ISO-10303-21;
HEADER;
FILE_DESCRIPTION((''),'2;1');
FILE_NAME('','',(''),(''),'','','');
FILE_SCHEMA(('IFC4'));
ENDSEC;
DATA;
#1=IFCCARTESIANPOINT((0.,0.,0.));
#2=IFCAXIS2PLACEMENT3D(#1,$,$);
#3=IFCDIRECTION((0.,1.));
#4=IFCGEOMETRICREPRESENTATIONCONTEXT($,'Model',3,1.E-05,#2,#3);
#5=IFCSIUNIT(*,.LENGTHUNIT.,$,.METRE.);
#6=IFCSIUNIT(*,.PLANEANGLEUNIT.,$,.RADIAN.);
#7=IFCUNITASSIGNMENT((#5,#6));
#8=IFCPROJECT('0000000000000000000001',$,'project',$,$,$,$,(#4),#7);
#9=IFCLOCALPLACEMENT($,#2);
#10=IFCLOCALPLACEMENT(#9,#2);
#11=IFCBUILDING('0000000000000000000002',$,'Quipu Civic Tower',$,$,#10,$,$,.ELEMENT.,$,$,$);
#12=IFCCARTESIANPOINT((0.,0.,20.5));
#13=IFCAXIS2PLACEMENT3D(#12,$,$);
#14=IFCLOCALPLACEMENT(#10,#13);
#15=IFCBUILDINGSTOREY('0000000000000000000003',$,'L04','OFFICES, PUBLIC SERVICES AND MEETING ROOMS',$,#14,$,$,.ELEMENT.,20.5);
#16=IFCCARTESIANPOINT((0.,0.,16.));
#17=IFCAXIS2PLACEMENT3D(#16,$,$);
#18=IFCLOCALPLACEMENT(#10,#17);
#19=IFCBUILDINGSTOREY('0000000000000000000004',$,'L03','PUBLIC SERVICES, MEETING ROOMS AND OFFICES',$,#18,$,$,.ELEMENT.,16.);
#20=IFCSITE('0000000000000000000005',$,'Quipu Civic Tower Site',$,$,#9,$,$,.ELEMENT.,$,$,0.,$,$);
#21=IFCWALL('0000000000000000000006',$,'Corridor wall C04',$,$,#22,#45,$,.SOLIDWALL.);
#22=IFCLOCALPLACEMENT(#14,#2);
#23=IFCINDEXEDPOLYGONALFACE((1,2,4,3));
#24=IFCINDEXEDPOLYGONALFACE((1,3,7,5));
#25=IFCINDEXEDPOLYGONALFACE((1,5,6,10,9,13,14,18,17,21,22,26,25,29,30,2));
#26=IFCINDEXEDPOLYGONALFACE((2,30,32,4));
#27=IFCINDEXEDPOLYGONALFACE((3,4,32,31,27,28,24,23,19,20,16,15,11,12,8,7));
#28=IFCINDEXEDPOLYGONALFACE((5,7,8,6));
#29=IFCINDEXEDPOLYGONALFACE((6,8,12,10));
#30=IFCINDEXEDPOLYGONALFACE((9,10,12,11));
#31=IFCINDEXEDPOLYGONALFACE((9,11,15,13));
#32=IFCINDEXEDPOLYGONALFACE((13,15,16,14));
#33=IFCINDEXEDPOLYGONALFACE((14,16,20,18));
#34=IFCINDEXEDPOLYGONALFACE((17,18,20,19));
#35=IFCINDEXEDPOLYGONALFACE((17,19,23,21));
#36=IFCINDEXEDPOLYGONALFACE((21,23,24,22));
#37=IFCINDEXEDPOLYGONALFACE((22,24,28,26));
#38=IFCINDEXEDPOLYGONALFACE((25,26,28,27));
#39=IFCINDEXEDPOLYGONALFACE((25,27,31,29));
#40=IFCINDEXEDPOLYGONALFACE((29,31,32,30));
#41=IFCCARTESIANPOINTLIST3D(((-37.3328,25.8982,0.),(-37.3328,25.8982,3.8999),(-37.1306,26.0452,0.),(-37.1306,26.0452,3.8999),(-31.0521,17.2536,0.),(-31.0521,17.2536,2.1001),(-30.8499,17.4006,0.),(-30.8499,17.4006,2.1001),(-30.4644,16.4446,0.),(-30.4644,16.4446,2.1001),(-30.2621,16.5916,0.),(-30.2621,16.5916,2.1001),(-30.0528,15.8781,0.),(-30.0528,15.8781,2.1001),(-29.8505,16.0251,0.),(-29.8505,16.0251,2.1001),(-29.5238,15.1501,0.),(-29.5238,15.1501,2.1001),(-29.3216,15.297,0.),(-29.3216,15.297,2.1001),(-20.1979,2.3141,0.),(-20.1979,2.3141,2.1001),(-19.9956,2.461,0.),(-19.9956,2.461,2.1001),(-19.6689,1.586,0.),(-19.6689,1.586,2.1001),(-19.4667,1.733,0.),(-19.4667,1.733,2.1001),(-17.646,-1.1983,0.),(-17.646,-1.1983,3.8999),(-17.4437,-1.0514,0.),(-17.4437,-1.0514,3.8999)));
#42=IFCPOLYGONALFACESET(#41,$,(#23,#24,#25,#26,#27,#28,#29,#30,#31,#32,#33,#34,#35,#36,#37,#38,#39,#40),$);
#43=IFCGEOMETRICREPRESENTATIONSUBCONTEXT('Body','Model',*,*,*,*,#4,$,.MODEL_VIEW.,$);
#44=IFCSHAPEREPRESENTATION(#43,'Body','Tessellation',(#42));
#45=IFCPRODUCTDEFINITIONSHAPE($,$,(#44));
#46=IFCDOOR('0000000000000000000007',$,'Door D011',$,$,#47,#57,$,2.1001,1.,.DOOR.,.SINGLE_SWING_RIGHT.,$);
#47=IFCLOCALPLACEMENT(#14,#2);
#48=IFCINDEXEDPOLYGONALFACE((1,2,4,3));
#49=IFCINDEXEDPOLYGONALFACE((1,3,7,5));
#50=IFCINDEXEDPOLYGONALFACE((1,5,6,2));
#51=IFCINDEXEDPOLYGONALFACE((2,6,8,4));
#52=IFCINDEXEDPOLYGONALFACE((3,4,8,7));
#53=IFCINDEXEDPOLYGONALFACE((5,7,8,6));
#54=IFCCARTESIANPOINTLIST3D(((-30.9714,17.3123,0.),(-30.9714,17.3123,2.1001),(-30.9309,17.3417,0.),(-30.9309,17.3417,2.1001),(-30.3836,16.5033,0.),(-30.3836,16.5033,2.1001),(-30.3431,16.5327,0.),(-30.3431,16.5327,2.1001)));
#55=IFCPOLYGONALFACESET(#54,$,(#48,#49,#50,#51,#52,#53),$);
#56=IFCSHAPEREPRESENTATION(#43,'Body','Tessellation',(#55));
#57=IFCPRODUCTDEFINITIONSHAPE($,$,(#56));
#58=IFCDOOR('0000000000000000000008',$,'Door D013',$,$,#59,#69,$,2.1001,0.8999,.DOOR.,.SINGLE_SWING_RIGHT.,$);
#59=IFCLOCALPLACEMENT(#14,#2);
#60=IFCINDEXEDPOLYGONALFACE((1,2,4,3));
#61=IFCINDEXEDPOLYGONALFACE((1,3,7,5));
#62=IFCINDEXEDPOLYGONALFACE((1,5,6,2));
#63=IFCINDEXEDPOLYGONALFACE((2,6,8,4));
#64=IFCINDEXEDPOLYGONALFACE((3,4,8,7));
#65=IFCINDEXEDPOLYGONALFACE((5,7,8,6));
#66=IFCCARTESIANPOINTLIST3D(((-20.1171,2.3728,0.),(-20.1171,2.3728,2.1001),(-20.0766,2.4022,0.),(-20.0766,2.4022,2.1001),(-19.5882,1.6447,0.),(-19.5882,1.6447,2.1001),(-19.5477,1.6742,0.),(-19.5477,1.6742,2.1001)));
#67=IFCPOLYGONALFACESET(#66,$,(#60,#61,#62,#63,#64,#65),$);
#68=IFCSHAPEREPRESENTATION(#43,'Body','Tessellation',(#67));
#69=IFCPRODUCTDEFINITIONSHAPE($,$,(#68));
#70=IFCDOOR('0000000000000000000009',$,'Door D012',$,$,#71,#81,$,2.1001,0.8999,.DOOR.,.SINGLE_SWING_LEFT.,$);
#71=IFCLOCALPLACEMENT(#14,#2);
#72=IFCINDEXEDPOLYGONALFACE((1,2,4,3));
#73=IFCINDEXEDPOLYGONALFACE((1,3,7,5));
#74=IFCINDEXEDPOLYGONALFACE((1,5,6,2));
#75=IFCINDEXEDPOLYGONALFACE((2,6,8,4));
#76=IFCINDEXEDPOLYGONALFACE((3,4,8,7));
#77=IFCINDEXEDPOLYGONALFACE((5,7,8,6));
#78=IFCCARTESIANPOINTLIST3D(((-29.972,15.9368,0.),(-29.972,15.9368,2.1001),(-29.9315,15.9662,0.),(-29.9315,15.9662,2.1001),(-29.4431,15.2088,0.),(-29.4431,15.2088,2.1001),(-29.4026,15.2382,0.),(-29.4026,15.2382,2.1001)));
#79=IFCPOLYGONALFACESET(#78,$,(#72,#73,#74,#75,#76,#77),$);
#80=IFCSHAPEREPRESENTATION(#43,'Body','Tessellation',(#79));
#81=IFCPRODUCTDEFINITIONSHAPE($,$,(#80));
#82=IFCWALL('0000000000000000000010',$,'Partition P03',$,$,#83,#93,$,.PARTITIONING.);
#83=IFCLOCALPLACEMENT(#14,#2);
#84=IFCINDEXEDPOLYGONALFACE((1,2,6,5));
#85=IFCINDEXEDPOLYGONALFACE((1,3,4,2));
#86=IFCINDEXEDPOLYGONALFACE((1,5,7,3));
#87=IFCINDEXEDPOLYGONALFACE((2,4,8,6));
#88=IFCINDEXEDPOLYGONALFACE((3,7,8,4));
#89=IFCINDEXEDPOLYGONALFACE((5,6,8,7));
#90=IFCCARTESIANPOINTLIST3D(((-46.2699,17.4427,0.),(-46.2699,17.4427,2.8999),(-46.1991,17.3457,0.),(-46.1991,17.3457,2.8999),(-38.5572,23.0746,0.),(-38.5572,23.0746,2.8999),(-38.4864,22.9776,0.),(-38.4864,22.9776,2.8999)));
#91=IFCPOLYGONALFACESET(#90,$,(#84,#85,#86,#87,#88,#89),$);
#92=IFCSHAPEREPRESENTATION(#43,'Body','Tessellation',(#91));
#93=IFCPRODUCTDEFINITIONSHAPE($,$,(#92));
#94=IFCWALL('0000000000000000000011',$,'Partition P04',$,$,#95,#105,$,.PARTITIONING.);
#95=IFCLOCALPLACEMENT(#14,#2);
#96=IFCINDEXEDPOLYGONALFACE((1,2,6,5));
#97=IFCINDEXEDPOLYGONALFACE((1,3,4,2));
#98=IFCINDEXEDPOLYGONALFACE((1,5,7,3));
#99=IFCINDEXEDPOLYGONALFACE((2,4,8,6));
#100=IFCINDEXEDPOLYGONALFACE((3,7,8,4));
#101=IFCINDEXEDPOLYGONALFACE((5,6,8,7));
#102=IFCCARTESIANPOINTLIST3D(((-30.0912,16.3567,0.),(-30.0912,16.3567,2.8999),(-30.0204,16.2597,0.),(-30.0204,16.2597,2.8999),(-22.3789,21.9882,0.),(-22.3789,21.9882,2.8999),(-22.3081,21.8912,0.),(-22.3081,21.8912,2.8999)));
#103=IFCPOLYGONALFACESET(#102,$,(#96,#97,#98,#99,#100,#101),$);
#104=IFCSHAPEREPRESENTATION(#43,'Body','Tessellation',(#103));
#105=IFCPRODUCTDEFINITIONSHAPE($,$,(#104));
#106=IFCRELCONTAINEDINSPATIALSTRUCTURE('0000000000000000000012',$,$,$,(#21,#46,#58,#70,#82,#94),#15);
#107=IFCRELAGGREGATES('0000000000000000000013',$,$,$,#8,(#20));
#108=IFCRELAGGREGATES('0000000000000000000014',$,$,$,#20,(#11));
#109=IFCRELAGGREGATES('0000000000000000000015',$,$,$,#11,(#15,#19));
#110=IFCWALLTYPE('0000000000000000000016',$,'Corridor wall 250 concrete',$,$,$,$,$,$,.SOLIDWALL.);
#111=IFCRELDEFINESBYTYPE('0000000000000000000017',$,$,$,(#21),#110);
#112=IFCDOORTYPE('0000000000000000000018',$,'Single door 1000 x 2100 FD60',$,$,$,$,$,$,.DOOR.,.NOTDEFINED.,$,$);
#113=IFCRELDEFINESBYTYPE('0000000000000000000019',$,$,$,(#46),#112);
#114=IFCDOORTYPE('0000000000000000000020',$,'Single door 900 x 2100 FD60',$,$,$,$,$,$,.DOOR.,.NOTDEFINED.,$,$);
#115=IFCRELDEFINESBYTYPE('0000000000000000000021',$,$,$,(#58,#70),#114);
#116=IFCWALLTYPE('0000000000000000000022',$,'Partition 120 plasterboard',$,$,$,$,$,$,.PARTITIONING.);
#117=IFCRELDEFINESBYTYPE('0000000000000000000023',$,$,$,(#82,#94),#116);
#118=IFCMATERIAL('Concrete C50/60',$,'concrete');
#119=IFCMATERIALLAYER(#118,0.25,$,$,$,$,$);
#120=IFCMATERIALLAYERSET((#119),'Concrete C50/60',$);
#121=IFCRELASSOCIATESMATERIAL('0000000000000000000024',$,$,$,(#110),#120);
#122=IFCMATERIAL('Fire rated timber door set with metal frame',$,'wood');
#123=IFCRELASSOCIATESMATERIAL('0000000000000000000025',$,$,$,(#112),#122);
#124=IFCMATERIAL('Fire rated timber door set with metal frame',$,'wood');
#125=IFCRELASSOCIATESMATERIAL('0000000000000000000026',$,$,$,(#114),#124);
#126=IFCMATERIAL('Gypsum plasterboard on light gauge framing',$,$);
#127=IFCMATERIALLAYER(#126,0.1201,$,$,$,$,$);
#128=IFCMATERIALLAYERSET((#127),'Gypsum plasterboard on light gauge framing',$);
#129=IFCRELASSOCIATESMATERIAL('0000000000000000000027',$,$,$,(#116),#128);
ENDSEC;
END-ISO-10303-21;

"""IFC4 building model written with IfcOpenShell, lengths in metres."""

from ifc_helpers import new_model, si_unit, direction, frame, frame_2d, origin, place, context, subcontext, project, spatial, rectangle, extrude, material, layer, layer_set, type_object, element, fill, save


model = new_model("IFC4")

# Units and contexts
model_context = context("Model", 3, precision=1e-05, world=origin(), true_north=direction((0.0, 1.0)))
body_context = subcontext(model_context, "Body", "Model", "MODEL_VIEW")
ifc_project = project(units=[si_unit("LENGTHUNIT", "METRE"), si_unit("PLANEANGLEUNIT", "RADIAN")], contexts=[model_context])

# Site, building, storey
site_placement = place(None, origin())
site = spatial("IfcSite", under=ifc_project, at=site_placement, Name="Quipu Civic Tower Site", CompositionType="ELEMENT", RefElevation=0.0)
building_placement = place(site_placement, origin())
building = spatial("IfcBuilding", under=site, at=building_placement, Name="Quipu Civic Tower", CompositionType="ELEMENT")
storey_1_placement = place(building_placement, frame((0.0, 0.0, 20.5)))
storey_1 = spatial("IfcBuildingStorey", under=building, at=storey_1_placement, Name="L04", Description="OFFICES, PUBLIC SERVICES AND MEETING ROOMS", CompositionType="ELEMENT", Elevation=20.5)

# Shared definitions
storey_2_placement = place(building_placement, frame((0.0, 0.0, 16.0)))
storey_2 = spatial("IfcBuildingStorey", under=building, at=storey_2_placement, Name="L03", Description="PUBLIC SERVICES, MEETING ROOMS AND OFFICES", CompositionType="ELEMENT", Elevation=16.0)

# Wall, openings, doors
ifc_material_1 = material(Name="Concrete C50/60", Category="concrete")
ifc_layer_1 = layer(ifc_material_1, 0.25)
ifc_layer_set_1 = layer_set([ifc_layer_1], Name="Concrete C50/60")
wall_type_1 = type_object("IfcWallType", Name="Corridor wall 250 concrete", PredefinedType="SOLIDWALL", material=ifc_layer_set_1)
wall_1_placement = place(storey_1_placement, frame((-37.2317, 25.9717, 0.0), z_axis=(0.0, 0.0, 1.0), x_axis=(0.587786, -0.809016, 0.0)))
wall_1 = element("IfcWall", 1, at=wall_1_placement, inside=storey_1, type_object=wall_type_1, Name="Corridor wall C04", PredefinedType="SOLIDWALL", context=body_context, shape_type="SweptSolid", body=[
    extrude(rectangle(XDim=33.4932, YDim=0.25, at=frame_2d((16.7466, 0.0))), origin(), (0.0, 0.0, 1.0), 3.8999),
])
opening_1_placement = place(wall_1_placement, frame((10.6853, 0.0, 0.0)))
opening_1 = element("IfcOpeningElement", 2, at=opening_1_placement, cuts=wall_1, PredefinedType="OPENING", context=body_context, shape_type="SweptSolid", body=[
    extrude(rectangle(XDim=1.0, YDim=2.1001, at=frame_2d((0.5, 1.05))), frame((0.0, 0.135, 0.0), z_axis=(0.0, -1.0, 0.0), x_axis=(1.0, 0.0, 0.0)), (0.0, 0.0, 1.0), 0.27),
])
opening_2_placement = place(wall_1_placement, frame((29.1516, 0.0, 0.0)))
opening_2 = element("IfcOpeningElement", 3, at=opening_2_placement, cuts=wall_1, PredefinedType="OPENING", context=body_context, shape_type="SweptSolid", body=[
    extrude(rectangle(XDim=0.8999, YDim=2.1001, at=frame_2d((0.45, 1.05))), frame((0.0, 0.135, 0.0), z_axis=(0.0, -1.0, 0.0), x_axis=(1.0, 0.0, 0.0)), (0.0, 0.0, 1.0), 0.27),
])
opening_3_placement = place(wall_1_placement, frame((12.3855, 0.0, 0.0)))
opening_3 = element("IfcOpeningElement", 4, at=opening_3_placement, cuts=wall_1, PredefinedType="OPENING", context=body_context, shape_type="SweptSolid", body=[
    extrude(rectangle(XDim=0.8999, YDim=2.1001, at=frame_2d((0.45, 1.05))), frame((0.0, 0.135, 0.0), z_axis=(0.0, -1.0, 0.0), x_axis=(1.0, 0.0, 0.0)), (0.0, 0.0, 1.0), 0.27),
])
ifc_material_2 = material(Name="Fire rated timber door set with metal frame", Category="wood")
door_type_1 = type_object("IfcDoorType", Name="Single door 1000 x 2100 FD60", OperationType="NOTDEFINED", PredefinedType="DOOR", material=ifc_material_2)
door_1_placement = place(opening_1_placement, origin())
door_1 = element("IfcDoor", 5, at=door_1_placement, inside=storey_1, type_object=door_type_1, Name="Door D011", OperationType="SINGLE_SWING_RIGHT", OverallHeight=2.1001, OverallWidth=1.0, PredefinedType="DOOR", context=body_context, shape_type="SweptSolid", body=[
    extrude(rectangle(XDim=1.0, YDim=2.1001, at=frame_2d((0.5, 1.05))), frame((0.0, 0.0249, 0.0), z_axis=(0.0, -1.0, 0.0), x_axis=(1.0, 0.0, 0.0)), (0.0, 0.0, 1.0), 0.05),
])
fill(opening_1, door_1)
ifc_material_3 = material(Name="Fire rated timber door set with metal frame", Category="wood")
door_type_2 = type_object("IfcDoorType", Name="Single door 900 x 2100 FD60", OperationType="NOTDEFINED", PredefinedType="DOOR", material=ifc_material_3)
door_2_placement = place(opening_2_placement, origin())
door_2 = element("IfcDoor", 6, at=door_2_placement, inside=storey_1, type_object=door_type_2, Name="Door D013", OperationType="SINGLE_SWING_RIGHT", OverallHeight=2.1001, OverallWidth=0.8999, PredefinedType="DOOR", context=body_context, shape_type="SweptSolid", body=[
    extrude(rectangle(XDim=0.8999, YDim=2.1001, at=frame_2d((0.45, 1.05))), frame((0.0, 0.0249, 0.0), z_axis=(0.0, -1.0, 0.0), x_axis=(1.0, 0.0, 0.0)), (0.0, 0.0, 1.0), 0.05),
])
fill(opening_2, door_2)
door_3_placement = place(opening_3_placement, origin())
door_3 = element("IfcDoor", 7, at=door_3_placement, inside=storey_1, type_object=door_type_2, Name="Door D012", OperationType="SINGLE_SWING_LEFT", OverallHeight=2.1001, OverallWidth=0.8999, PredefinedType="DOOR", context=body_context, shape_type="SweptSolid", body=[
    extrude(rectangle(XDim=0.8999, YDim=2.1001, at=frame_2d((0.45, 1.05))), frame((0.0, 0.0249, 0.0), z_axis=(0.0, -1.0, 0.0), x_axis=(1.0, 0.0, 0.0)), (0.0, 0.0, 1.0), 0.05),
])
fill(opening_3, door_3)

# Walls
ifc_material_4 = material(Name="Gypsum plasterboard on light gauge framing")
ifc_layer_2 = layer(ifc_material_4, 0.1201)
ifc_layer_set_2 = layer_set([ifc_layer_2], Name="Gypsum plasterboard on light gauge framing")
wall_type_2 = type_object("IfcWallType", Name="Partition 120 plasterboard", PredefinedType="PARTITIONING", material=ifc_layer_set_2)
wall_2_placement = place(storey_1_placement, frame((-46.2344, 17.3943, 0.0), z_axis=(0.0, 0.0, 1.0), x_axis=(0.807607, 0.589721, 0.0)))
element("IfcWall", 8, at=wall_2_placement, inside=storey_1, type_object=wall_type_2, Name="Partition P03", PredefinedType="PARTITIONING", context=body_context, shape_type="SweptSolid", body=[
    extrude(rectangle(XDim=9.55, YDim=0.1201, at=frame_2d((4.7749, 0.0))), origin(), (0.0, 0.0, 1.0), 2.8999),
])
wall_3_placement = place(storey_1_placement, frame((-30.0559, 16.3081, 0.0), z_axis=(0.0, 0.0, 1.0), x_axis=(0.80761, 0.589717, 0.0)))
element("IfcWall", 9, at=wall_3_placement, inside=storey_1, type_object=wall_type_2, Name="Partition P04", PredefinedType="PARTITIONING", context=body_context, shape_type="SweptSolid", body=[
    extrude(rectangle(XDim=9.5496, YDim=0.1201, at=frame_2d((4.7749, 0.0))), origin(), (0.0, 0.0, 1.0), 2.8999),
])

save(model, "model.ifc")
